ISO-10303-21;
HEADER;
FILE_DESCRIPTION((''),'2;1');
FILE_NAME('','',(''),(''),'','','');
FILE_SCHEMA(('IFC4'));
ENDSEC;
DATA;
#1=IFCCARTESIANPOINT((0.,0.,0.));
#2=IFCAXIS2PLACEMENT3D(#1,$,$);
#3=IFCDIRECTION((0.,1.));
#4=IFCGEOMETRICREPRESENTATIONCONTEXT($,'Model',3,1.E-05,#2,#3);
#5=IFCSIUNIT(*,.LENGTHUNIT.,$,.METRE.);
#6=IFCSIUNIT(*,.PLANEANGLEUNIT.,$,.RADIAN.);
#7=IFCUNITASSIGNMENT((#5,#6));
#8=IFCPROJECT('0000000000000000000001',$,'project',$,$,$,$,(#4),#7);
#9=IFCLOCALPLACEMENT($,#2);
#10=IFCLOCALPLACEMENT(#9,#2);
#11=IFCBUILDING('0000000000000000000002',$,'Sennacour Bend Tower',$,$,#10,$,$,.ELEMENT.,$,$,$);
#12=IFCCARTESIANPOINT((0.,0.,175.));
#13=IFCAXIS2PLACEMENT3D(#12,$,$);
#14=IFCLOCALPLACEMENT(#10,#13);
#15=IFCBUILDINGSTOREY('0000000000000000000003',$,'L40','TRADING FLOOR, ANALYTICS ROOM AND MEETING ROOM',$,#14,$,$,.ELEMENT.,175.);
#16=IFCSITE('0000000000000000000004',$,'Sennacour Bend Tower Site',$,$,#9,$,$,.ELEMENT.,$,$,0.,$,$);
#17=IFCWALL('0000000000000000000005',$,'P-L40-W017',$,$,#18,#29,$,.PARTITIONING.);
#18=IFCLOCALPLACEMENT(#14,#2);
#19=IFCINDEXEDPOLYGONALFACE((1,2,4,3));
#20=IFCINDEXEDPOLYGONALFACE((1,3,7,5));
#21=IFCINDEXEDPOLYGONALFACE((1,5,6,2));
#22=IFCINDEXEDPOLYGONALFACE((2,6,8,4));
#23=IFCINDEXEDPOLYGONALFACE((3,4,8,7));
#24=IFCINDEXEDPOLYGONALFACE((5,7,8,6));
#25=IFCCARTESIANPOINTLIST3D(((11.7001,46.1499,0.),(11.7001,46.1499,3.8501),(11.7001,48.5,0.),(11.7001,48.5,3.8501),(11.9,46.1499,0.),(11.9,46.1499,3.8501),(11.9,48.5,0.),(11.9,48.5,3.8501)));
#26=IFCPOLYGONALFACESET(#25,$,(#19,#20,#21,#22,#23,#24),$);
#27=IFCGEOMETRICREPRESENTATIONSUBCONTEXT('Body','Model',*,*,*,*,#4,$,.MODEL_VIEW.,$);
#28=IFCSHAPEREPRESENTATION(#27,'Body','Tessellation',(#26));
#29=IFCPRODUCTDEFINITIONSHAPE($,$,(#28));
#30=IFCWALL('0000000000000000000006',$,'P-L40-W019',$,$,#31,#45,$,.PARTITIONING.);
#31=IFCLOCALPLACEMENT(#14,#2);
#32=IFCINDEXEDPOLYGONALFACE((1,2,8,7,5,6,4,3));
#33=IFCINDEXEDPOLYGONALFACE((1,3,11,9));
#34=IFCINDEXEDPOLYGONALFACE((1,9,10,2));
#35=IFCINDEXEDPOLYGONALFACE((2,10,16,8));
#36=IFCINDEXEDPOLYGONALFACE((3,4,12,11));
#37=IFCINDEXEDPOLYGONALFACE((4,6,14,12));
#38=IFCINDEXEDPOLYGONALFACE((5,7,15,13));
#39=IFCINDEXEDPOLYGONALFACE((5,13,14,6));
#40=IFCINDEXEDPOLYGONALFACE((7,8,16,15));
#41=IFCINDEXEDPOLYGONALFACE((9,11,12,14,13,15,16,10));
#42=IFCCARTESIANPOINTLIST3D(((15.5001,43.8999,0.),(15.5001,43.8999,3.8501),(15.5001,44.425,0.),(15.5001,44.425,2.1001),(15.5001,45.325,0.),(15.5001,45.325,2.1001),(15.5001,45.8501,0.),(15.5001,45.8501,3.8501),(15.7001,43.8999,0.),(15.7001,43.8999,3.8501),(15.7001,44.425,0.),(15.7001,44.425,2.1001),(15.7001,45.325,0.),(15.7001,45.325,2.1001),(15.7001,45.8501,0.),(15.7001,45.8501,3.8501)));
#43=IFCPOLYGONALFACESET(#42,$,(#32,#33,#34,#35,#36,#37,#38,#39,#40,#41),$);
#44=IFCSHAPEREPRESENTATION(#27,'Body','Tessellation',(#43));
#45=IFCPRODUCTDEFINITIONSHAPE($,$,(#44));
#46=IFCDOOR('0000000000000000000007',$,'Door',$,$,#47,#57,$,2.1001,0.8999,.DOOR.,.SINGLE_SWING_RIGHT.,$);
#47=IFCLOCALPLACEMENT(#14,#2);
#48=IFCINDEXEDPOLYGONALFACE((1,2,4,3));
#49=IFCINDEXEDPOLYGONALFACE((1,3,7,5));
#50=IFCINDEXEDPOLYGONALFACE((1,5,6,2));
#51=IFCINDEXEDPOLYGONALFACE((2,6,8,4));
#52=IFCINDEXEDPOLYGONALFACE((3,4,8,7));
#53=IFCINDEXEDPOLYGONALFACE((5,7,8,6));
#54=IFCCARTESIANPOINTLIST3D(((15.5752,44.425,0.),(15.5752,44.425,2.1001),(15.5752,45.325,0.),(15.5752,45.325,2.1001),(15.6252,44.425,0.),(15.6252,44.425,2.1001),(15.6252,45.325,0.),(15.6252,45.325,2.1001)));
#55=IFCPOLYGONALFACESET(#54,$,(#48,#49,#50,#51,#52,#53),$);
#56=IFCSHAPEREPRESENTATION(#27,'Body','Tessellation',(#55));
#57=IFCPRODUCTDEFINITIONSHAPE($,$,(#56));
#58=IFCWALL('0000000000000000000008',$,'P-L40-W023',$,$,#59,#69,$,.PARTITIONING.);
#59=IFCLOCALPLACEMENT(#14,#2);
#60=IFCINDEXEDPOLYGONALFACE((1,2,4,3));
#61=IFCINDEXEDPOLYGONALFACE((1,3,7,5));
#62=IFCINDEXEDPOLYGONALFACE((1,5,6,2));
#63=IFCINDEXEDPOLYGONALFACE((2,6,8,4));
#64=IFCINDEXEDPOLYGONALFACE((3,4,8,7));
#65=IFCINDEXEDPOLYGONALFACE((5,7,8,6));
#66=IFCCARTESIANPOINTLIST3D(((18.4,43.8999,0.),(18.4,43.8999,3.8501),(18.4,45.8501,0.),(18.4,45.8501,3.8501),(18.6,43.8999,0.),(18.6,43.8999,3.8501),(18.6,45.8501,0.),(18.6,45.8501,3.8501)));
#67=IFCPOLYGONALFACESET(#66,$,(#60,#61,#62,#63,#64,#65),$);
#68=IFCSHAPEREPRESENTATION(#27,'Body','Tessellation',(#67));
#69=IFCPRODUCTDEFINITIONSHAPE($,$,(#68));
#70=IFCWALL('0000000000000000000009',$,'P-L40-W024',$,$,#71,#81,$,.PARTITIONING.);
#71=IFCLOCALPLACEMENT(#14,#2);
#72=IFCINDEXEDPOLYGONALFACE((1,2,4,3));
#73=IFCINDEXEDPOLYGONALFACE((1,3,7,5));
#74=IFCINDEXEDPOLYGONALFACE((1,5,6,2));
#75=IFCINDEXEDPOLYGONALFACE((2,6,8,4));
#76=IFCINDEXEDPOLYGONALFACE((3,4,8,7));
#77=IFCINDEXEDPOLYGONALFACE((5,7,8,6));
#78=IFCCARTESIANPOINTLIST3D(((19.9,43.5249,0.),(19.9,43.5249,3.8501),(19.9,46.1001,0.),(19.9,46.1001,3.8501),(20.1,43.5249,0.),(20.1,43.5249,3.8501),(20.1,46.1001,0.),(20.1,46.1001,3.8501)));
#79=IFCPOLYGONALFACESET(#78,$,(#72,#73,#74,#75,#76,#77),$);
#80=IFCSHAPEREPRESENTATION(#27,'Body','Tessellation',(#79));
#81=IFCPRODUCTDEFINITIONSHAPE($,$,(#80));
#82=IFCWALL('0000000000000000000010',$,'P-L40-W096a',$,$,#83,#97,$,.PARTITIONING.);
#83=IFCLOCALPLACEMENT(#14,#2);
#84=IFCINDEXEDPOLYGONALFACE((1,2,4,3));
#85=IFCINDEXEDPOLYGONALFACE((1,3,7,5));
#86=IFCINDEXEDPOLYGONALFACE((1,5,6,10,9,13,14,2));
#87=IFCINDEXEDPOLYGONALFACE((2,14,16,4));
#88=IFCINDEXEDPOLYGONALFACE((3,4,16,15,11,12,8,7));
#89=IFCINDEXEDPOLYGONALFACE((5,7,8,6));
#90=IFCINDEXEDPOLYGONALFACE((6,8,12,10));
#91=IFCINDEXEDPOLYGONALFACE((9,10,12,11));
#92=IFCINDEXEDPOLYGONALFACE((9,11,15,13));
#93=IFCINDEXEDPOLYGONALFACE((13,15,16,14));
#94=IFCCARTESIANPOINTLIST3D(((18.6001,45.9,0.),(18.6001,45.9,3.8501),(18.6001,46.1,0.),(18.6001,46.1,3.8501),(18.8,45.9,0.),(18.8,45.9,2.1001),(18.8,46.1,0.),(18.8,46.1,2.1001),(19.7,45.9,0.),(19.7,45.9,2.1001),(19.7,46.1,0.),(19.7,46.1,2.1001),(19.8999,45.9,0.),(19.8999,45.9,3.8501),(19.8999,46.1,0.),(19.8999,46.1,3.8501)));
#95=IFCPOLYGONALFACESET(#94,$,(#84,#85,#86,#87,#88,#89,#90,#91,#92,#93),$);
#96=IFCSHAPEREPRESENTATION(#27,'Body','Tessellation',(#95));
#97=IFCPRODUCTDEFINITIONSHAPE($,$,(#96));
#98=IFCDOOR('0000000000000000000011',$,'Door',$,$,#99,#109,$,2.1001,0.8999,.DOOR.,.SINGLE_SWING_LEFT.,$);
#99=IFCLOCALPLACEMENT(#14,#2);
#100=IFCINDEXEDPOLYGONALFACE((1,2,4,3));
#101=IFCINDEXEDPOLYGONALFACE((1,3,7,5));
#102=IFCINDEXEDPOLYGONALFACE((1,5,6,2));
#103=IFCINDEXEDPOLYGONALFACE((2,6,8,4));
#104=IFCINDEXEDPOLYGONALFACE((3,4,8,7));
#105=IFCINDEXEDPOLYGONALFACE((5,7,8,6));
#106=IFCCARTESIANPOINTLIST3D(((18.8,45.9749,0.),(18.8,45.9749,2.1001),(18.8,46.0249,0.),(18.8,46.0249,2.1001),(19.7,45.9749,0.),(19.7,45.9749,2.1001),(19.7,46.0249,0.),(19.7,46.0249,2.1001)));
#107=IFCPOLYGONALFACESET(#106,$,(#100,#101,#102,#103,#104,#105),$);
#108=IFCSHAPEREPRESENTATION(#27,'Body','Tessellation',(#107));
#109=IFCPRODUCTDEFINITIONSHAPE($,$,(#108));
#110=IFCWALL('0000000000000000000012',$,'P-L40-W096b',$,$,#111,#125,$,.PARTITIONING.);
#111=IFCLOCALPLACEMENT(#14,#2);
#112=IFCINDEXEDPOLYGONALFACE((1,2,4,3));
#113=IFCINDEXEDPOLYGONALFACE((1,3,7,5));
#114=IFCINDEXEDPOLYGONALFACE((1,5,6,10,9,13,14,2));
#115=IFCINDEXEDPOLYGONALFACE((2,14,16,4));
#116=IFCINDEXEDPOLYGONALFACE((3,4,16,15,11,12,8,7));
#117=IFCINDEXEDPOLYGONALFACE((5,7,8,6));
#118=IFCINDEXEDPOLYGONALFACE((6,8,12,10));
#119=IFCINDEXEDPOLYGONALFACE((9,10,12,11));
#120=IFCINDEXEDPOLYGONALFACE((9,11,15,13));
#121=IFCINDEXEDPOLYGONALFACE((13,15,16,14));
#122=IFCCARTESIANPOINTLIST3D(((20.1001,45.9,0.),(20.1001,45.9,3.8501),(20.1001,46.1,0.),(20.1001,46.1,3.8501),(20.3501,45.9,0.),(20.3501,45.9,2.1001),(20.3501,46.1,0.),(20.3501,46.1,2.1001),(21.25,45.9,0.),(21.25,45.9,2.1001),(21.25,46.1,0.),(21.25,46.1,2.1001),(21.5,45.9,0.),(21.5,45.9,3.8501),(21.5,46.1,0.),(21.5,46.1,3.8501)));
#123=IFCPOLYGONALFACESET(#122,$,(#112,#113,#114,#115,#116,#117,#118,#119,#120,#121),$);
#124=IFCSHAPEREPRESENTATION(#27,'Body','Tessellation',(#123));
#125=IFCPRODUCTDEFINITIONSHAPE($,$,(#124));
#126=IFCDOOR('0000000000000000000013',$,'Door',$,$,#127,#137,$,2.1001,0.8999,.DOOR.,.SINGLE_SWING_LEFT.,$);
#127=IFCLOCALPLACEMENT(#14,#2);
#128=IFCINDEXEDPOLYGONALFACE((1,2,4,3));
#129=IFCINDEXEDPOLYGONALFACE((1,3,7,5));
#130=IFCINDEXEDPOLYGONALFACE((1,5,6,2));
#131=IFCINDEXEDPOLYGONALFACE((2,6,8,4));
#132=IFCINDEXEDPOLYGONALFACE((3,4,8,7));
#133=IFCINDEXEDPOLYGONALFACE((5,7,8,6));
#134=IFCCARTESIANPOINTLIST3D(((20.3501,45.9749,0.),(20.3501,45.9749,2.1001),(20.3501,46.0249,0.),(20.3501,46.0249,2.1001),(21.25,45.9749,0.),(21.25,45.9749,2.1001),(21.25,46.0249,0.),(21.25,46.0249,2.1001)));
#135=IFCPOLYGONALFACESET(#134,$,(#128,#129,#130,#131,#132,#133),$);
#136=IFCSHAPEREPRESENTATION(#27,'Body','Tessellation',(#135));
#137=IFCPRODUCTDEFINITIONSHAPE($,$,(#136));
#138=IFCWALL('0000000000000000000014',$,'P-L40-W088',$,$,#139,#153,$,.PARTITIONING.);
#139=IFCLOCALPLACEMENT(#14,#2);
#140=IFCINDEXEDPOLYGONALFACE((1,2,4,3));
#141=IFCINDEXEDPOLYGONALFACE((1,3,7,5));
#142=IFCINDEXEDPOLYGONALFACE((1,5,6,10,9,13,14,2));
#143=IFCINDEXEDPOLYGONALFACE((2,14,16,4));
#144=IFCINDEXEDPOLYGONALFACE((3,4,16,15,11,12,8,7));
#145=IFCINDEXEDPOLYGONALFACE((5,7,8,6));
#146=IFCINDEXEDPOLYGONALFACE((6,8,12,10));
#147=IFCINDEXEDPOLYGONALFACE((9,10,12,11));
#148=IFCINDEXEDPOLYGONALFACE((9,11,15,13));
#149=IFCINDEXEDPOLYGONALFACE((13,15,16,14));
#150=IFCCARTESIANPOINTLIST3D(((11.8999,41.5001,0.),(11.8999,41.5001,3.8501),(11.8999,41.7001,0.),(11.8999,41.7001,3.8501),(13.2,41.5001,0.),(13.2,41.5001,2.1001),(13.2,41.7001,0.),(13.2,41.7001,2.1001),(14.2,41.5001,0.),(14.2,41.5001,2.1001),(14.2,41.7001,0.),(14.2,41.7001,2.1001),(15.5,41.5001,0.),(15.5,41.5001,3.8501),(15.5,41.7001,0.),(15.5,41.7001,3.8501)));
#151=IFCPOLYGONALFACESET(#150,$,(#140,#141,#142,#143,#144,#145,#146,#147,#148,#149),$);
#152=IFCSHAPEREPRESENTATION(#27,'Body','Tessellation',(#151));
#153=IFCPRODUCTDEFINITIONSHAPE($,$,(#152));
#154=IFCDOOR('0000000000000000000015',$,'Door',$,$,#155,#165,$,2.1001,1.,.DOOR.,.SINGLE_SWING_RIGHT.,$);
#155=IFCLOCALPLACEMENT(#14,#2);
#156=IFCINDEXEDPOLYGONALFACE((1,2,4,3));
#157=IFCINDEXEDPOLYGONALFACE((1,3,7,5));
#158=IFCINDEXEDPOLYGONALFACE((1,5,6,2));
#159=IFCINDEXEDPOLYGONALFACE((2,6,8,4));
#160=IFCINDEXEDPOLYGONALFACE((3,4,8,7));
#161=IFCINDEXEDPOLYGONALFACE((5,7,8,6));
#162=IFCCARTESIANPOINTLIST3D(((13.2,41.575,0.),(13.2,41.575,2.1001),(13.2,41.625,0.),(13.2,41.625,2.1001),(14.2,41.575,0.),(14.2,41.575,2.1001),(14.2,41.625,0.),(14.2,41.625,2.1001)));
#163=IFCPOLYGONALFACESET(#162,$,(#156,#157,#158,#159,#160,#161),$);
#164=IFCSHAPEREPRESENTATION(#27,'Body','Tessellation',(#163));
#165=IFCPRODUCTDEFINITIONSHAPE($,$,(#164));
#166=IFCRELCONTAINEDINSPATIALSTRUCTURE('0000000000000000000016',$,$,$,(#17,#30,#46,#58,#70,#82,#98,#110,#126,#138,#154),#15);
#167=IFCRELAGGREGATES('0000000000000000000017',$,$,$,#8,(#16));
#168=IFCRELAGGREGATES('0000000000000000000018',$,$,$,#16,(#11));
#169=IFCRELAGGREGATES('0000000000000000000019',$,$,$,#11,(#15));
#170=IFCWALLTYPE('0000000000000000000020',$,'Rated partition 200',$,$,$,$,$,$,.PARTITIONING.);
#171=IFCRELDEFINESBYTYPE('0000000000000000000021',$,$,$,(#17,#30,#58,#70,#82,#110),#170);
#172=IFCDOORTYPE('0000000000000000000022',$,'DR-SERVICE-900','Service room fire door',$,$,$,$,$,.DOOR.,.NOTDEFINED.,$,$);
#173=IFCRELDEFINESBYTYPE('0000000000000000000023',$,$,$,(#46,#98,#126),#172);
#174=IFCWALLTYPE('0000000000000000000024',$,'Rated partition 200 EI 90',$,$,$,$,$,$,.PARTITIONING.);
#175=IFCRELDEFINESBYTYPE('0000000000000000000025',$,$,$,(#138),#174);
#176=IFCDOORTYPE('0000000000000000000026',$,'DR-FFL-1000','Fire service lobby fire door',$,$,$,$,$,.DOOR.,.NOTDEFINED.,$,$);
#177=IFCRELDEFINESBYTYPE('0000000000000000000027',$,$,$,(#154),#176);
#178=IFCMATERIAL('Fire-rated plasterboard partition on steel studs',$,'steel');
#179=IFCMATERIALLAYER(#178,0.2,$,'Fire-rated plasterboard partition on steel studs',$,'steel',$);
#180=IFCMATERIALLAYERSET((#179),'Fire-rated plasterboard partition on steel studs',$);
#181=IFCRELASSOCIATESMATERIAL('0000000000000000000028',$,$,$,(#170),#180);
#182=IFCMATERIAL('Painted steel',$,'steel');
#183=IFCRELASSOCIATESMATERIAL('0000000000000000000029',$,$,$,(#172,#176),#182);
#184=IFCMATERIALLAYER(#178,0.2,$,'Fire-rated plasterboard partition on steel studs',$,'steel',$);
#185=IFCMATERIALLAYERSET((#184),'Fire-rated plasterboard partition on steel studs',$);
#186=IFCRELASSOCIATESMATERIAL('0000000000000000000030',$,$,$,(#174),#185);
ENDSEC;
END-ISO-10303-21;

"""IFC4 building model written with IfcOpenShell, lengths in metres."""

from ifc_helpers import new_model, si_unit, direction, frame, frame_2d, origin, place, context, subcontext, project, spatial, rectangle, extrude, material, layer, layer_set, type_object, element, fill, save


model = new_model("IFC4")

# Units and contexts
model_context = context("Model", 3, precision=1e-05, world=origin(), true_north=direction((0.0, 1.0)))
body_context = subcontext(model_context, "Body", "Model", "MODEL_VIEW")
ifc_project = project(units=[si_unit("LENGTHUNIT", "METRE"), si_unit("PLANEANGLEUNIT", "RADIAN")], contexts=[model_context])

# Site, building, storey
site_placement = place(None, origin())
site = spatial("IfcSite", under=ifc_project, at=site_placement, Name="Sennacour Bend Tower Site", CompositionType="ELEMENT", RefElevation=0.0)
building_placement = place(site_placement, origin())
building = spatial("IfcBuilding", under=site, at=building_placement, Name="Sennacour Bend Tower", CompositionType="ELEMENT")
storey_placement = place(building_placement, frame((0.0, 0.0, 175.0)))
storey = spatial("IfcBuildingStorey", under=building, at=storey_placement, Name="L40", Description="TRADING FLOOR, ANALYTICS ROOM AND MEETING ROOM", CompositionType="ELEMENT", Elevation=175.0)

# Wall
ifc_material_1 = material(Name="Fire-rated plasterboard partition on steel studs", Category="steel")
ifc_layer_1 = layer(ifc_material_1, 0.2, Name="Fire-rated plasterboard partition on steel studs", Category="steel")
ifc_layer_set_1 = layer_set([ifc_layer_1], Name="Fire-rated plasterboard partition on steel studs")
wall_type_1 = type_object("IfcWallType", Name="Rated partition 200", PredefinedType="PARTITIONING", material=ifc_layer_set_1)
wall_1_placement = place(storey_placement, frame((11.8, 46.1499, 0.0), z_axis=(0.0, 0.0, 1.0), x_axis=(0.0, 1.0, 0.0)))
element("IfcWall", 1, at=wall_1_placement, inside=storey, type_object=wall_type_1, Name="P-L40-W017", PredefinedType="PARTITIONING", context=body_context, shape_type="SweptSolid", body=[
    extrude(rectangle(XDim=2.3501, YDim=0.2, at=frame_2d((1.175, 0.0))), origin(), (0.0, 0.0, 1.0), 3.8501),
])

# Wall, opening, door
wall_2_placement = place(storey_placement, frame((15.6001, 43.8999, 0.0), z_axis=(0.0, 0.0, 1.0), x_axis=(0.0, 1.0, 0.0)))
wall_2 = element("IfcWall", 2, at=wall_2_placement, inside=storey, type_object=wall_type_1, Name="P-L40-W019", PredefinedType="PARTITIONING", context=body_context, shape_type="SweptSolid", body=[
    extrude(rectangle(XDim=1.9502, YDim=0.2, at=frame_2d((0.9751, 0.0))), origin(), (0.0, 0.0, 1.0), 3.8501),
])
opening_1_placement = place(wall_2_placement, frame((0.5251, 0.0, 0.0)))
opening_1 = element("IfcOpeningElement", 3, at=opening_1_placement, cuts=wall_2, PredefinedType="OPENING", context=body_context, shape_type="SweptSolid", body=[
    extrude(rectangle(XDim=0.8999, YDim=2.1001, at=frame_2d((0.45, 1.05))), frame((0.0, 0.1099, 0.0), z_axis=(0.0, -1.0, 0.0), x_axis=(1.0, 0.0, 0.0)), (0.0, 0.0, 1.0), 0.22),
])
ifc_material_2 = material(Name="Painted steel", Category="steel")
door_type_1 = type_object("IfcDoorType", Name="DR-SERVICE-900", Description="Service room fire door", OperationType="NOTDEFINED", PredefinedType="DOOR", material=ifc_material_2)
door_1_placement = place(opening_1_placement, origin())
door_1 = element("IfcDoor", 4, at=door_1_placement, inside=storey, type_object=door_type_1, Name="Door", OperationType="SINGLE_SWING_RIGHT", OverallHeight=2.1001, OverallWidth=0.8999, PredefinedType="DOOR", context=body_context, shape_type="SweptSolid", body=[
    extrude(rectangle(XDim=0.8999, YDim=2.1001, at=frame_2d((0.45, 1.05))), frame((0.0, 0.0249, 0.0), z_axis=(0.0, -1.0, 0.0), x_axis=(1.0, 0.0, 0.0)), (0.0, 0.0, 1.0), 0.05),
])
fill(opening_1, door_1)

# Walls
wall_3_placement = place(storey_placement, frame((18.5, 43.8999, 0.0), z_axis=(0.0, 0.0, 1.0), x_axis=(0.0, 1.0, 0.0)))
element("IfcWall", 5, at=wall_3_placement, inside=storey, type_object=wall_type_1, Name="P-L40-W023", PredefinedType="PARTITIONING", context=body_context, shape_type="SweptSolid", body=[
    extrude(rectangle(XDim=1.9502, YDim=0.2, at=frame_2d((0.9751, 0.0))), origin(), (0.0, 0.0, 1.0), 3.8501),
])
wall_4_placement = place(storey_placement, frame((20.0, 43.5249, 0.0), z_axis=(0.0, 0.0, 1.0), x_axis=(0.0, 1.0, 0.0)))
element("IfcWall", 6, at=wall_4_placement, inside=storey, type_object=wall_type_1, Name="P-L40-W024", PredefinedType="PARTITIONING", context=body_context, shape_type="SweptSolid", body=[
    extrude(rectangle(XDim=2.5752, YDim=0.2, at=frame_2d((1.2876, 0.0))), origin(), (0.0, 0.0, 1.0), 3.8501),
])

# Walls, openings, doors
wall_5_placement = place(storey_placement, frame((18.6001, 46.0, 0.0), z_axis=(0.0, 0.0, 1.0), x_axis=(1.0, 0.0, 0.0)))
wall_5 = element("IfcWall", 7, at=wall_5_placement, inside=storey, type_object=wall_type_1, Name="P-L40-W096a", PredefinedType="PARTITIONING", context=body_context, shape_type="SweptSolid", body=[
    extrude(rectangle(XDim=1.2998, YDim=0.2, at=frame_2d((0.6499, 0.0))), origin(), (0.0, 0.0, 1.0), 3.8501),
])
opening_2_placement = place(wall_5_placement, frame((0.2, 0.0, 0.0)))
opening_2 = element("IfcOpeningElement", 8, at=opening_2_placement, cuts=wall_5, PredefinedType="OPENING", context=body_context, shape_type="SweptSolid", body=[
    extrude(rectangle(XDim=0.8999, YDim=2.1001, at=frame_2d((0.45, 1.05))), frame((0.0, 0.1099, 0.0), z_axis=(0.0, -1.0, 0.0), x_axis=(1.0, 0.0, 0.0)), (0.0, 0.0, 1.0), 0.22),
])
door_2_placement = place(opening_2_placement, origin())
door_2 = element("IfcDoor", 9, at=door_2_placement, inside=storey, type_object=door_type_1, Name="Door", OperationType="SINGLE_SWING_LEFT", OverallHeight=2.1001, OverallWidth=0.8999, PredefinedType="DOOR", context=body_context, shape_type="SweptSolid", body=[
    extrude(rectangle(XDim=0.8999, YDim=2.1001, at=frame_2d((0.45, 1.05))), frame((0.0, 0.0249, 0.0), z_axis=(0.0, -1.0, 0.0), x_axis=(1.0, 0.0, 0.0)), (0.0, 0.0, 1.0), 0.05),
])
fill(opening_2, door_2)
wall_6_placement = place(storey_placement, frame((20.1001, 46.0, 0.0), z_axis=(0.0, 0.0, 1.0), x_axis=(1.0, 0.0, 0.0)))
wall_6 = element("IfcWall", 10, at=wall_6_placement, inside=storey, type_object=wall_type_1, Name="P-L40-W096b", PredefinedType="PARTITIONING", context=body_context, shape_type="SweptSolid", body=[
    extrude(rectangle(XDim=1.3999, YDim=0.2, at=frame_2d((0.7, 0.0))), origin(), (0.0, 0.0, 1.0), 3.8501),
])
opening_3_placement = place(wall_6_placement, frame((0.25, 0.0, 0.0)))
opening_3 = element("IfcOpeningElement", 11, at=opening_3_placement, cuts=wall_6, PredefinedType="OPENING", context=body_context, shape_type="SweptSolid", body=[
    extrude(rectangle(XDim=0.8999, YDim=2.1001, at=frame_2d((0.45, 1.05))), frame((0.0, 0.1099, 0.0), z_axis=(0.0, -1.0, 0.0), x_axis=(1.0, 0.0, 0.0)), (0.0, 0.0, 1.0), 0.22),
])
door_3_placement = place(opening_3_placement, origin())
door_3 = element("IfcDoor", 12, at=door_3_placement, inside=storey, type_object=door_type_1, Name="Door", OperationType="SINGLE_SWING_LEFT", OverallHeight=2.1001, OverallWidth=0.8999, PredefinedType="DOOR", context=body_context, shape_type="SweptSolid", body=[
    extrude(rectangle(XDim=0.8999, YDim=2.1001, at=frame_2d((0.45, 1.05))), frame((0.0, 0.0249, 0.0), z_axis=(0.0, -1.0, 0.0), x_axis=(1.0, 0.0, 0.0)), (0.0, 0.0, 1.0), 0.05),
])
fill(opening_3, door_3)
ifc_layer_2 = layer(ifc_material_1, 0.2, Name="Fire-rated plasterboard partition on steel studs", Category="steel")
ifc_layer_set_2 = layer_set([ifc_layer_2], Name="Fire-rated plasterboard partition on steel studs")
wall_type_2 = type_object("IfcWallType", Name="Rated partition 200 EI 90", PredefinedType="PARTITIONING", material=ifc_layer_set_2)
wall_7_placement = place(storey_placement, frame((11.8999, 41.6001, 0.0), z_axis=(0.0, 0.0, 1.0), x_axis=(1.0, 0.0, 0.0)))
wall_7 = element("IfcWall", 13, at=wall_7_placement, inside=storey, type_object=wall_type_2, Name="P-L40-W088", PredefinedType="PARTITIONING", context=body_context, shape_type="SweptSolid", body=[
    extrude(rectangle(XDim=3.6001, YDim=0.2, at=frame_2d((1.8, 0.0))), origin(), (0.0, 0.0, 1.0), 3.8501),
])
opening_4_placement = place(wall_7_placement, frame((1.3, 0.0, 0.0)))
opening_4 = element("IfcOpeningElement", 14, at=opening_4_placement, cuts=wall_7, PredefinedType="OPENING", context=body_context, shape_type="SweptSolid", body=[
    extrude(rectangle(XDim=1.0, YDim=2.1001, at=frame_2d((0.5, 1.05))), frame((0.0, 0.1099, 0.0), z_axis=(0.0, -1.0, 0.0), x_axis=(1.0, 0.0, 0.0)), (0.0, 0.0, 1.0), 0.22),
])
door_type_2 = type_object("IfcDoorType", Name="DR-FFL-1000", Description="Fire service lobby fire door", OperationType="NOTDEFINED", PredefinedType="DOOR", material=ifc_material_2)
door_4_placement = place(opening_4_placement, origin())
door_4 = element("IfcDoor", 15, at=door_4_placement, inside=storey, type_object=door_type_2, Name="Door", OperationType="SINGLE_SWING_RIGHT", OverallHeight=2.1001, OverallWidth=1.0, PredefinedType="DOOR", context=body_context, shape_type="SweptSolid", body=[
    extrude(rectangle(XDim=1.0, YDim=2.1001, at=frame_2d((0.5, 1.05))), frame((0.0, 0.0249, 0.0), z_axis=(0.0, -1.0, 0.0), x_axis=(1.0, 0.0, 0.0)), (0.0, 0.0, 1.0), 0.05),
])
fill(opening_4, door_4)

save(model, "model.ifc")
